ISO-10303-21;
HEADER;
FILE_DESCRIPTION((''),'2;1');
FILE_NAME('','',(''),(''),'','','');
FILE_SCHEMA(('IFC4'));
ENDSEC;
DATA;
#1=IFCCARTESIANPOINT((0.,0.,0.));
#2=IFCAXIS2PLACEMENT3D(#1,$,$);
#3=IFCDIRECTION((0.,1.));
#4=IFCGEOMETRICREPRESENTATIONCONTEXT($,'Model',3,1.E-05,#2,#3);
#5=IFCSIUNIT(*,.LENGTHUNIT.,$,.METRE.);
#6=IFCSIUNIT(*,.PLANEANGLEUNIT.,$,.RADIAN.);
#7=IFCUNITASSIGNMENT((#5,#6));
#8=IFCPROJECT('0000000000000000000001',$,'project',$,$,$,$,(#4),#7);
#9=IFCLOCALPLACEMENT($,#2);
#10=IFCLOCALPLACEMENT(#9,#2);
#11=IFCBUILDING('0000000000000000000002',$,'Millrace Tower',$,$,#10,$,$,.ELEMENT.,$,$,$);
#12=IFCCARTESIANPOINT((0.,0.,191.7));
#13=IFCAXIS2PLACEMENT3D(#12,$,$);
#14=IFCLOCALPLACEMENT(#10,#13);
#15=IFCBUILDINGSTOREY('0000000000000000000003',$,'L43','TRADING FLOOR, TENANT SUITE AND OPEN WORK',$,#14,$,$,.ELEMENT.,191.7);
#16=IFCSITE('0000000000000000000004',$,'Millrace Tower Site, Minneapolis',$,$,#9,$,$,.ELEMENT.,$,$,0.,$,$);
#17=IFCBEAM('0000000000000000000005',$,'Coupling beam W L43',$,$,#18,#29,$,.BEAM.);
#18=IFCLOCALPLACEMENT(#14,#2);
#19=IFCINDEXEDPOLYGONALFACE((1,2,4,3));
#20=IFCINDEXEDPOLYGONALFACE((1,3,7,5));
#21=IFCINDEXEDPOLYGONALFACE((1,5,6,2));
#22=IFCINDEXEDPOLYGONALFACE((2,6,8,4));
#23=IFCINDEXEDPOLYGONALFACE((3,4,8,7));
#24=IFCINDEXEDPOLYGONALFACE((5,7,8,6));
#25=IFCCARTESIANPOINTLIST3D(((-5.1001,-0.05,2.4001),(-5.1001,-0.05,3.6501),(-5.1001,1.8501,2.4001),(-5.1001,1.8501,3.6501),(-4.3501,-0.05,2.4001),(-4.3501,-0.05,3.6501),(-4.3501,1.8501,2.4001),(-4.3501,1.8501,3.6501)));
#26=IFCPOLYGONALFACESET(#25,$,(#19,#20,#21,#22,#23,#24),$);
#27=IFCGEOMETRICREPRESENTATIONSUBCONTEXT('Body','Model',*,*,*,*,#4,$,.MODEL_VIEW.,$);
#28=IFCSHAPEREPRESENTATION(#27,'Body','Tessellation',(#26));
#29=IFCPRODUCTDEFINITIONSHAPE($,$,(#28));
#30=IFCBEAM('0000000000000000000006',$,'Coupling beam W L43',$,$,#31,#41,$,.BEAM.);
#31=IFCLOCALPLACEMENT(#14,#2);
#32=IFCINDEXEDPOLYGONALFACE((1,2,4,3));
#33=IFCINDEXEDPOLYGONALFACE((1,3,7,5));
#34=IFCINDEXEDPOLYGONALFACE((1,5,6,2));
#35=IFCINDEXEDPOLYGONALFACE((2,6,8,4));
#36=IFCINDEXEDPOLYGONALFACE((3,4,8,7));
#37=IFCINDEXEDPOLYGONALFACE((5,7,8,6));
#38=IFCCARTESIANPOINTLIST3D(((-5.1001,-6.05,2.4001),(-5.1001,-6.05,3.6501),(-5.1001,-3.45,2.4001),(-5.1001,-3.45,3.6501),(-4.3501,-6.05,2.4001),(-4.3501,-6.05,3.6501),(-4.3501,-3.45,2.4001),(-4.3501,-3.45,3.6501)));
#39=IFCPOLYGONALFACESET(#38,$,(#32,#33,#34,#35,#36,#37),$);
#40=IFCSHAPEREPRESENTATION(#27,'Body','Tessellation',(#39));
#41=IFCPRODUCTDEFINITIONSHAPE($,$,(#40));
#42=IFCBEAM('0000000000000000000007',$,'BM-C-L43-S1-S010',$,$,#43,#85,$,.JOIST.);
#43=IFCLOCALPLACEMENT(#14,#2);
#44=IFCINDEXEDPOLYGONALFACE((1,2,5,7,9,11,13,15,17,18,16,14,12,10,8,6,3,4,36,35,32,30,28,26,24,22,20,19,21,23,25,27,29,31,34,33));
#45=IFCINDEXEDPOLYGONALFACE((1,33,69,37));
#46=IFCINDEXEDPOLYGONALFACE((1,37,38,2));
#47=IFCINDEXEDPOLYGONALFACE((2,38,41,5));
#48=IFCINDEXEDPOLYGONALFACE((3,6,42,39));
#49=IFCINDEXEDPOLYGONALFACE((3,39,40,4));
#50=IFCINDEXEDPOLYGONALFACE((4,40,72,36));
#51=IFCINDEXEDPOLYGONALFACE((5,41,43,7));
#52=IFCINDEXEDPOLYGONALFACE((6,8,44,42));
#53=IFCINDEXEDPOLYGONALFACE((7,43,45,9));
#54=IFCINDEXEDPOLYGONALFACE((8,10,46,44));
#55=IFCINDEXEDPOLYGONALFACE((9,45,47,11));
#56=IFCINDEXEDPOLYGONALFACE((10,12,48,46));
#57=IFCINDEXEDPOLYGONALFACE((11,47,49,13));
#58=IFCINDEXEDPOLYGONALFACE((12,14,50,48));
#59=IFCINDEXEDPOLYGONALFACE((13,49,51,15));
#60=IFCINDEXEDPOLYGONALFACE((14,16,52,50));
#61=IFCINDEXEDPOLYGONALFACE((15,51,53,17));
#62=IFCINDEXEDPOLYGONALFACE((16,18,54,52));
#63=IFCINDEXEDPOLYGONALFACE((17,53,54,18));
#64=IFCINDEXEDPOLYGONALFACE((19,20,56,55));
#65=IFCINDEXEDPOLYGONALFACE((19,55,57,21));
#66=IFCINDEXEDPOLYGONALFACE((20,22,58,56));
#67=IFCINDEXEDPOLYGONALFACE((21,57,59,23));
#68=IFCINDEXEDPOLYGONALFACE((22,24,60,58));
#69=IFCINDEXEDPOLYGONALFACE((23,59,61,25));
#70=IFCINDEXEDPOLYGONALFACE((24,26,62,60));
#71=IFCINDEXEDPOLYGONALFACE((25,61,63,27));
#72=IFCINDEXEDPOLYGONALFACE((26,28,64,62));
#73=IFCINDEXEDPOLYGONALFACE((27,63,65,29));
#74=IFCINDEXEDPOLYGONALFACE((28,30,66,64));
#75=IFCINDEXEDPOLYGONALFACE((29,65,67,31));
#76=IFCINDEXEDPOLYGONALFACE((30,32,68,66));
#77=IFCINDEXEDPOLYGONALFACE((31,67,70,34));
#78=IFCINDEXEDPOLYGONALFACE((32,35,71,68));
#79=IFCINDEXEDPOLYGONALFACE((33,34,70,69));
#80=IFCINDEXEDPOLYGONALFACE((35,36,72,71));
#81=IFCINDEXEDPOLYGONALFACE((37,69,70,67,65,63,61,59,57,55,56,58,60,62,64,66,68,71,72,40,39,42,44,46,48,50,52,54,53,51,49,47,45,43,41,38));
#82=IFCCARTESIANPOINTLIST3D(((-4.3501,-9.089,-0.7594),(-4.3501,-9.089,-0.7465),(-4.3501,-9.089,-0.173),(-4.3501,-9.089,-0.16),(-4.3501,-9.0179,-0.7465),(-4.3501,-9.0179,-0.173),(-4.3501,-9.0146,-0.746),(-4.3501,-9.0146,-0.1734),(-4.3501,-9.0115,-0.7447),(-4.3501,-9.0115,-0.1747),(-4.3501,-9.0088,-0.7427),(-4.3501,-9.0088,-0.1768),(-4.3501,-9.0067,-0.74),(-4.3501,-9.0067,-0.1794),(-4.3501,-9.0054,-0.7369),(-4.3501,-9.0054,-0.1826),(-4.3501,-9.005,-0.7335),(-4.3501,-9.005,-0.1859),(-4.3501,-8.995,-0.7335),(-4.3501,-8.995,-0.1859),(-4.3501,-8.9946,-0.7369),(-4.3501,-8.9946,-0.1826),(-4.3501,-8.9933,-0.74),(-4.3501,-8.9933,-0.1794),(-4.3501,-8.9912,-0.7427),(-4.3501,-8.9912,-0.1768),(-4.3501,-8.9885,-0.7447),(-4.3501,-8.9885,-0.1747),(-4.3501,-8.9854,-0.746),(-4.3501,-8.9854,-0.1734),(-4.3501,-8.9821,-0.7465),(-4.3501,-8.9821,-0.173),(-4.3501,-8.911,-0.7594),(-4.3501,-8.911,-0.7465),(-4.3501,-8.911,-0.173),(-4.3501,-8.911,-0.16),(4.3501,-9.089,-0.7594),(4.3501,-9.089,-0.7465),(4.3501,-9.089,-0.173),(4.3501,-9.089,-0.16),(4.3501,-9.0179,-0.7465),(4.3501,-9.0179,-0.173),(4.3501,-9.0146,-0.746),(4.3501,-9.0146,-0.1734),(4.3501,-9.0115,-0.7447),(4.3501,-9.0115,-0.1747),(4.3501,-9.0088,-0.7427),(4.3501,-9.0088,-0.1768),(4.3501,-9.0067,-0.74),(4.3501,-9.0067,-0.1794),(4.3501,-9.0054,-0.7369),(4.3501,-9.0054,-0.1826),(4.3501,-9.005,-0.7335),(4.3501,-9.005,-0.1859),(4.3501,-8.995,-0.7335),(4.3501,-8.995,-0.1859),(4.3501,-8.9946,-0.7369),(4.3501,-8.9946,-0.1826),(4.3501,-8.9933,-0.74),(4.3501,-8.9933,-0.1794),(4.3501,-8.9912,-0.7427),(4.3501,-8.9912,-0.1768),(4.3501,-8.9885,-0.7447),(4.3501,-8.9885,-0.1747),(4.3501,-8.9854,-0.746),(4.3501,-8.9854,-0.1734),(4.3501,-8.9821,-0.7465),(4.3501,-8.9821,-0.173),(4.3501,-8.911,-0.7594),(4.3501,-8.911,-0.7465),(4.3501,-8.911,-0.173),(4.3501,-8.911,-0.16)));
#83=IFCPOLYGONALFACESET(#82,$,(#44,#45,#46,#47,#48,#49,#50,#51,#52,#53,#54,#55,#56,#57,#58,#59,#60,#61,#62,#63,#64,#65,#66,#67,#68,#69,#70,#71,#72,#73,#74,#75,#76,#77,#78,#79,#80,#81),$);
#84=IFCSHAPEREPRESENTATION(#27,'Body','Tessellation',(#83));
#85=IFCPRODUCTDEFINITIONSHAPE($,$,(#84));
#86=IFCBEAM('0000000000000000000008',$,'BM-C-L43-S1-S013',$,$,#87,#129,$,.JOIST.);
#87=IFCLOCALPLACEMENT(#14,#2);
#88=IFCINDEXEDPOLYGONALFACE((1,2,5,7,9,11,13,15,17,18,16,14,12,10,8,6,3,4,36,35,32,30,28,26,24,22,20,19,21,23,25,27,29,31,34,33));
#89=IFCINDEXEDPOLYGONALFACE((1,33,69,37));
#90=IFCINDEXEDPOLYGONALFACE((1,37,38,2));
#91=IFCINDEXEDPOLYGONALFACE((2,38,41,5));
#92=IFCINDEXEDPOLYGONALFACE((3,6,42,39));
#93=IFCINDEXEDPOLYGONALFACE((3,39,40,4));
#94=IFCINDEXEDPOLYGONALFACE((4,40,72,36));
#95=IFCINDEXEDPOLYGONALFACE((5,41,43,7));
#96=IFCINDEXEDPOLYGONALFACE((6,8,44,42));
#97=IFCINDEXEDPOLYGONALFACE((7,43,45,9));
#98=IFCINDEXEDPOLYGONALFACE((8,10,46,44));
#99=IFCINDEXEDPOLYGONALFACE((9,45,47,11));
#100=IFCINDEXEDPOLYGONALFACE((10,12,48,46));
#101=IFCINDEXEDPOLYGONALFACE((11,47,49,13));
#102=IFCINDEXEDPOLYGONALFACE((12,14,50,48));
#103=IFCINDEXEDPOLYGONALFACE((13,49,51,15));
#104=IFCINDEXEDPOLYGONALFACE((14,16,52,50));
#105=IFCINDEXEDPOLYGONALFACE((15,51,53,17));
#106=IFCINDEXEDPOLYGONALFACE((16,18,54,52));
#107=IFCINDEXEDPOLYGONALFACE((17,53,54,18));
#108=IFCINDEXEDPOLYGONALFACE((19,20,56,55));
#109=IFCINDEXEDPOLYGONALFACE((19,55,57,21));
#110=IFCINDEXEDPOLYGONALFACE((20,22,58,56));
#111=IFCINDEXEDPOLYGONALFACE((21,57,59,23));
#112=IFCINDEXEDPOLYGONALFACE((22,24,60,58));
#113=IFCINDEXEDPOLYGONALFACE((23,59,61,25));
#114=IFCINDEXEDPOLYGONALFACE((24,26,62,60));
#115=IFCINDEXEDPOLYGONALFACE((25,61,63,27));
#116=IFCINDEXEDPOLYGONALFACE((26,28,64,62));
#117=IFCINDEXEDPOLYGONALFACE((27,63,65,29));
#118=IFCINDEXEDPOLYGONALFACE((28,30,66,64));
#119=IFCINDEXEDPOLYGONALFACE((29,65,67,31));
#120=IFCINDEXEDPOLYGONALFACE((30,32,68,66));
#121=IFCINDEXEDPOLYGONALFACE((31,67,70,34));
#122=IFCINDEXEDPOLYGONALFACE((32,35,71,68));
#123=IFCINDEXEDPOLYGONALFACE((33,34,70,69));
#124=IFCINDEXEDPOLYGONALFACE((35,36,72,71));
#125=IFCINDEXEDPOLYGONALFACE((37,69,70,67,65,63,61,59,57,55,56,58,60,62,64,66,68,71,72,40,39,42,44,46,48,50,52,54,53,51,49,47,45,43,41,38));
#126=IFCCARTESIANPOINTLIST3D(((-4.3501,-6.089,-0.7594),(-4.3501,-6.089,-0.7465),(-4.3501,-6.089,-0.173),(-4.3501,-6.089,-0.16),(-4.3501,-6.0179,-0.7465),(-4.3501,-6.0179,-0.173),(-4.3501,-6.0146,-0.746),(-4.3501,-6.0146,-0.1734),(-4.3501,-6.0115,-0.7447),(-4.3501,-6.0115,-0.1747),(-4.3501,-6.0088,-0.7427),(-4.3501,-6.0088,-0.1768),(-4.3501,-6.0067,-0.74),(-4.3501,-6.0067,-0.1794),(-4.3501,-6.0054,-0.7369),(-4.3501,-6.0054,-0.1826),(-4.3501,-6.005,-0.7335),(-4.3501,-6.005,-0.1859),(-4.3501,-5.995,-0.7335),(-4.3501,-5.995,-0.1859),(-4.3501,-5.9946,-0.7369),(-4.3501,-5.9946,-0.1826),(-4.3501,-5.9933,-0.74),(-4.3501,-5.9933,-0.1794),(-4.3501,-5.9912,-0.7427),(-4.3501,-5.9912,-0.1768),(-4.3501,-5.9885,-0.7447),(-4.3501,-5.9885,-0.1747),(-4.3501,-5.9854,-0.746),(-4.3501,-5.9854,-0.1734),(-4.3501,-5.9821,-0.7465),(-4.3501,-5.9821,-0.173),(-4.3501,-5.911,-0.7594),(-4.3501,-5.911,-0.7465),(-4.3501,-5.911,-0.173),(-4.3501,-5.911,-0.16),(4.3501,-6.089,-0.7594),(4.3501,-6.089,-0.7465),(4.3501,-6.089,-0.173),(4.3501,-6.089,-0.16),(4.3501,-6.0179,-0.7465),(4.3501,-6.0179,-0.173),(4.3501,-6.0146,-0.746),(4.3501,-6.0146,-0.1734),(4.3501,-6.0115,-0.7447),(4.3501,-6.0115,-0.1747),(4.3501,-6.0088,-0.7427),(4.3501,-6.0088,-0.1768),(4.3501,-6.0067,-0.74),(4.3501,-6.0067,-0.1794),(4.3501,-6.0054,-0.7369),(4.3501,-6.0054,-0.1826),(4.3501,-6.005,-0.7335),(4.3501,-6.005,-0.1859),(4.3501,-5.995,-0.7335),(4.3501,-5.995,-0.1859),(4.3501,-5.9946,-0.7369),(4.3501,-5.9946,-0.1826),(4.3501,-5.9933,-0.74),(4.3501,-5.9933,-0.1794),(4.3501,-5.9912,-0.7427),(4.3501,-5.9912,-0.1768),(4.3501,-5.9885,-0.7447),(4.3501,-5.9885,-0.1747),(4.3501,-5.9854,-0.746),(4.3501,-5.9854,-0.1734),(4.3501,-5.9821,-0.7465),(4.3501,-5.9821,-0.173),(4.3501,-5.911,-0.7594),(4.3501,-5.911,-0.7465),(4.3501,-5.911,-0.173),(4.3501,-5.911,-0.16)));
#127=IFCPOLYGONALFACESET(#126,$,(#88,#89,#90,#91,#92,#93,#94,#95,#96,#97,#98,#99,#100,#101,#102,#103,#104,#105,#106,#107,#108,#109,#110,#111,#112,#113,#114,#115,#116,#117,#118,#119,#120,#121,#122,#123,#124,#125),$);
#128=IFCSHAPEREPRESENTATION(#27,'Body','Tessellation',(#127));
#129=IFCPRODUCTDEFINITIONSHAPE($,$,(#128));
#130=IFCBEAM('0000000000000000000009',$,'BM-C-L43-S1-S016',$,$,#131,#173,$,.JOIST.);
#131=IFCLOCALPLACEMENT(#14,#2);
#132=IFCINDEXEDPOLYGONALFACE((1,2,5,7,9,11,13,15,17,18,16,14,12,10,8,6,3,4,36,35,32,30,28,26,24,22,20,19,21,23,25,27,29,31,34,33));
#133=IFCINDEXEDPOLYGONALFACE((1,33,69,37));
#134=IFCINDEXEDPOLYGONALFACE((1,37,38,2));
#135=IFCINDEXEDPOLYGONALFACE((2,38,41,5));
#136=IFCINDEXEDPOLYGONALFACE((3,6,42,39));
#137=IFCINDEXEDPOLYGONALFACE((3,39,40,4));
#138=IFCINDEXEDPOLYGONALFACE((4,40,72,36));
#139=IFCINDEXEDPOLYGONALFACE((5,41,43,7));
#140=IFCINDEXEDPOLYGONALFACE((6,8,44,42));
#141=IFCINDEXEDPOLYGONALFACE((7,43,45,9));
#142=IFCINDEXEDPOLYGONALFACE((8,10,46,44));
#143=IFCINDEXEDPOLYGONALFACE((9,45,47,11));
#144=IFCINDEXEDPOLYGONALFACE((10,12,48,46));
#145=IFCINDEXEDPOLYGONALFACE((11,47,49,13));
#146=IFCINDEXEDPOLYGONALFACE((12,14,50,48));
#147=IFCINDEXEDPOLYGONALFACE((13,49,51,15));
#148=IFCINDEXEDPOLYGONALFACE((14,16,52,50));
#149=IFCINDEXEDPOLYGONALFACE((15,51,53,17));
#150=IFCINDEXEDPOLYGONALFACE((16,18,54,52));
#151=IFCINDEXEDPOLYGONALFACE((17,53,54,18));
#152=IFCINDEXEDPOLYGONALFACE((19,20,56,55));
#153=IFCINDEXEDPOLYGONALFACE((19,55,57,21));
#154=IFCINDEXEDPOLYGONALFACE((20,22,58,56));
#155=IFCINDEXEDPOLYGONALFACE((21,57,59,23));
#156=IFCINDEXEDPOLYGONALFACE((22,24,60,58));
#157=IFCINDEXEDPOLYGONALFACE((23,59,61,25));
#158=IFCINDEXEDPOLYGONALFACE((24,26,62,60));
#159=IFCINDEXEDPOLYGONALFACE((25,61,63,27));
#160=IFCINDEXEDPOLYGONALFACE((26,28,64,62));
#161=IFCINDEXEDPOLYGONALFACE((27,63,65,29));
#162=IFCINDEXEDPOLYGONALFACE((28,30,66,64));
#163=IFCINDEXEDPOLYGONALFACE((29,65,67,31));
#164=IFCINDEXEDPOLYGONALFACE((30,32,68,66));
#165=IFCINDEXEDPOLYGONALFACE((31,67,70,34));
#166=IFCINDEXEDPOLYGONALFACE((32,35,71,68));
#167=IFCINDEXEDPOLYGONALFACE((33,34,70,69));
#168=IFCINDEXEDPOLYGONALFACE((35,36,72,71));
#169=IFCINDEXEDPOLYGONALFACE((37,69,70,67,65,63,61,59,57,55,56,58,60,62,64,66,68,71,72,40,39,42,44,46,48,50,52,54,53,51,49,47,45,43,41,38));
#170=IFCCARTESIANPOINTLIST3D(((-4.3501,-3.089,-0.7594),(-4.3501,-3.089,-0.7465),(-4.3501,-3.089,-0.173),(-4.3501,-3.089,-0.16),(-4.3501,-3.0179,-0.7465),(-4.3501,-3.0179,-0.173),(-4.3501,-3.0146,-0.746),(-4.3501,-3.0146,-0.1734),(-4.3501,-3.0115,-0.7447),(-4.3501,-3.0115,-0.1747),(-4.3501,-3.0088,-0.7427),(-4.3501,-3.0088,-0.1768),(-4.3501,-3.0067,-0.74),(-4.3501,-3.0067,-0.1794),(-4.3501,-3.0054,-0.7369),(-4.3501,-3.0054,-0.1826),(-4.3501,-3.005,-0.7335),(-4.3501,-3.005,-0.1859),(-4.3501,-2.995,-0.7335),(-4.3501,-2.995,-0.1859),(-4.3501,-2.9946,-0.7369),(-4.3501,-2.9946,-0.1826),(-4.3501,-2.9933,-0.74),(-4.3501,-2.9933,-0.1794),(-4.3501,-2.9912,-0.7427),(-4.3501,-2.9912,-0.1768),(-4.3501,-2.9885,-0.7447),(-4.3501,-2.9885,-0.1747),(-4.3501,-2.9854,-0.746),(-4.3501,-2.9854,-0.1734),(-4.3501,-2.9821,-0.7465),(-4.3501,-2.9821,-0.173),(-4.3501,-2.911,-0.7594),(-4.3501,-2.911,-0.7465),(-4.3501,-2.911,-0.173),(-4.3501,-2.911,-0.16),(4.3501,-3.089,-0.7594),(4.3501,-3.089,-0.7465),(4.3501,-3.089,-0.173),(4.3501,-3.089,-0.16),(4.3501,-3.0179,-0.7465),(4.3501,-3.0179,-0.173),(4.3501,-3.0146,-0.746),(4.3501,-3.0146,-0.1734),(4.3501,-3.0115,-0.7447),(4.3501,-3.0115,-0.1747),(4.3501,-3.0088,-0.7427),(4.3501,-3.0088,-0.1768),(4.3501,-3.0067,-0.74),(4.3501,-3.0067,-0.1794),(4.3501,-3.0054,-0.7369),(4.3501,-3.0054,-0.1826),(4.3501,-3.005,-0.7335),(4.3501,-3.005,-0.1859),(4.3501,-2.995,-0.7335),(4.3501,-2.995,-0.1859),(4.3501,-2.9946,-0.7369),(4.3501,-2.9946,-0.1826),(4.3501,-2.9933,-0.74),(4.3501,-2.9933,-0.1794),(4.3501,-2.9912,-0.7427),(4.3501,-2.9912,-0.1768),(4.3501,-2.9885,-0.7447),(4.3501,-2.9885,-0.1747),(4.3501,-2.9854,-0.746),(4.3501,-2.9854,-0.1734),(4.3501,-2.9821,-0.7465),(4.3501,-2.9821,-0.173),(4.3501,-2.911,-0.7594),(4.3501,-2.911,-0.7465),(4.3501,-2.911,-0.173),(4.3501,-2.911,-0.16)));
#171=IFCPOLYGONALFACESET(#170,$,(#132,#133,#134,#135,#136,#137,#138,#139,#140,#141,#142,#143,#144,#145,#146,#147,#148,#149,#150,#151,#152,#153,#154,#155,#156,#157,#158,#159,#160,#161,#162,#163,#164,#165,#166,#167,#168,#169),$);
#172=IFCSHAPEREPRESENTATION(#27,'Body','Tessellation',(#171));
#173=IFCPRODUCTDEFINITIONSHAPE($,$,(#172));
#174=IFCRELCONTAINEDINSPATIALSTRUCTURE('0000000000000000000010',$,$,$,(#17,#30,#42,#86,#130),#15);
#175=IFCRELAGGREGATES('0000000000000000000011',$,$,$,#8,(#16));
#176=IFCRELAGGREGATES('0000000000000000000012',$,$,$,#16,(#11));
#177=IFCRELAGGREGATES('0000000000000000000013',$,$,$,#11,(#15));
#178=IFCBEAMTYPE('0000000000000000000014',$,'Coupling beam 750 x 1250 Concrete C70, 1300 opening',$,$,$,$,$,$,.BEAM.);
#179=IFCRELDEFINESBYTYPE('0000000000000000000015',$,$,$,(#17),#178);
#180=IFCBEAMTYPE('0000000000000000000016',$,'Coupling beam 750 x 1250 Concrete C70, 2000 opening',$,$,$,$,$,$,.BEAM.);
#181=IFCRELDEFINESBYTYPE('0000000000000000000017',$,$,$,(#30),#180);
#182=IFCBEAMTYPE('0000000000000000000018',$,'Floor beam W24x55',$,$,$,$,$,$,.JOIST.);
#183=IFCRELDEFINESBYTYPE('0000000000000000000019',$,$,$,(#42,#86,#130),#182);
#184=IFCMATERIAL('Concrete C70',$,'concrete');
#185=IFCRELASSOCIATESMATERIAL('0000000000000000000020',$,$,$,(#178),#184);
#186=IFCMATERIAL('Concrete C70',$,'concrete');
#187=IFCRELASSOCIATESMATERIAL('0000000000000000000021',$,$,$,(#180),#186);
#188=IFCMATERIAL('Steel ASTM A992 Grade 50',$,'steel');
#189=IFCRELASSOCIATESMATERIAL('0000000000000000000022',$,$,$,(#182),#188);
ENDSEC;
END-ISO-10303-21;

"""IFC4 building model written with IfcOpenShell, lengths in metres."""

from ifc_helpers import new_model, si_unit, direction, frame, origin, origin_2d, place, context, subcontext, project, spatial, rectangle, i_section, extrude, material, material_profile, profile_set, type_object, element, save


model = new_model("IFC4")

# Units and contexts
model_context = context("Model", 3, precision=1e-05, world=origin(), true_north=direction((0.0, 1.0)))
body_context = subcontext(model_context, "Body", "Model", "MODEL_VIEW")
ifc_project = project(units=[si_unit("LENGTHUNIT", "METRE"), si_unit("PLANEANGLEUNIT", "RADIAN")], contexts=[model_context])

# Site, building, storey
site_placement = place(None, origin())
site = spatial("IfcSite", under=ifc_project, at=site_placement, Name="Millrace Tower Site, Minneapolis", CompositionType="ELEMENT", RefElevation=0.0)
building_placement = place(site_placement, origin())
building = spatial("IfcBuilding", under=site, at=building_placement, Name="Millrace Tower", CompositionType="ELEMENT")
storey_placement = place(building_placement, frame((0.0, 0.0, 191.7)))
storey = spatial("IfcBuildingStorey", under=building, at=storey_placement, Name="L43", Description="TRADING FLOOR, TENANT SUITE AND OPEN WORK", CompositionType="ELEMENT", Elevation=191.7)

# Beams
ifc_material_1 = material(Name="Concrete C70", Category="concrete")
ifc_material_profile_1 = material_profile(ifc_material_1, rectangle(XDim=0.75, YDim=1.25, at=origin_2d()))
ifc_profile_set_1 = profile_set([ifc_material_profile_1], Name="Concrete C70")
beam_type_1 = type_object("IfcBeamType", Name="Coupling beam 750 x 1250 Concrete C70, 1300 opening", PredefinedType="BEAM", material=ifc_profile_set_1)
beam_1_placement = place(storey_placement, frame((-4.7251, -0.05, 3.0251), z_axis=(0.0, 1.0, 0.0), x_axis=(-1.0, 0.0, 0.0)))
element("IfcBeam", 1, at=beam_1_placement, inside=storey, type_object=beam_type_1, Name="Coupling beam W L43", PredefinedType="BEAM", context=body_context, shape_type="SweptSolid", body=[
    extrude(rectangle(XDim=0.75, YDim=1.25, at=origin_2d()), origin(), (0.0, 0.0, 1.0), 1.9001),
])
ifc_material_2 = material(Name="Concrete C70", Category="concrete")
ifc_material_profile_2 = material_profile(ifc_material_2, rectangle(XDim=0.75, YDim=1.25, at=origin_2d()))
ifc_profile_set_2 = profile_set([ifc_material_profile_2], Name="Concrete C70")
beam_type_2 = type_object("IfcBeamType", Name="Coupling beam 750 x 1250 Concrete C70, 2000 opening", PredefinedType="BEAM", material=ifc_profile_set_2)
beam_2_placement = place(storey_placement, frame((-4.7251, -6.05, 3.0251), z_axis=(0.0, 1.0, 0.0), x_axis=(-1.0, 0.0, 0.0)))
element("IfcBeam", 2, at=beam_2_placement, inside=storey, type_object=beam_type_2, Name="Coupling beam W L43", PredefinedType="BEAM", context=body_context, shape_type="SweptSolid", body=[
    extrude(rectangle(XDim=0.75, YDim=1.25, at=origin_2d()), origin(), (0.0, 0.0, 1.0), 2.6001),
])
ifc_material_3 = material(Name="Steel ASTM A992 Grade 50", Category="steel")
ifc_material_profile_3 = material_profile(ifc_material_3, i_section(OverallWidth=0.178, OverallDepth=0.5994, WebThickness=0.01, FlangeThickness=0.0129, FilletRadius=0.0129, at=origin_2d()))
ifc_profile_set_3 = profile_set([ifc_material_profile_3], Name="Steel ASTM A992 Grade 50")
beam_type_3 = type_object("IfcBeamType", Name="Floor beam W24x55", PredefinedType="JOIST", material=ifc_profile_set_3)
for number, where, z_axis, x_axis, name in (
    (3, (-4.3501, -9.0, -0.4597), (1.0, 0.0, 0.0), (0.0, 1.0, 0.0), "BM-C-L43-S1-S010"),
    (4, (-4.3501, -6.0, -0.4597), (1.0, 0.0, 0.0), (0.0, 1.0, 0.0), "BM-C-L43-S1-S013"),
    (5, (-4.3501, -3.0, -0.4597), (1.0, 0.0, 0.0), (0.0, 1.0, 0.0), "BM-C-L43-S1-S016"),
):
    element("IfcBeam", number, at=place(storey_placement, frame(where, z_axis=z_axis, x_axis=x_axis)), inside=storey, type_object=beam_type_3, Name=name, PredefinedType="JOIST", context=body_context, shape_type="SweptSolid", body=[
        extrude(i_section(OverallWidth=0.178, OverallDepth=0.5994, WebThickness=0.01, FlangeThickness=0.0129, FilletRadius=0.0129, at=origin_2d()), origin(), (0.0, 0.0, 1.0), 8.7002),
    ])

save(model, "model.ifc")
